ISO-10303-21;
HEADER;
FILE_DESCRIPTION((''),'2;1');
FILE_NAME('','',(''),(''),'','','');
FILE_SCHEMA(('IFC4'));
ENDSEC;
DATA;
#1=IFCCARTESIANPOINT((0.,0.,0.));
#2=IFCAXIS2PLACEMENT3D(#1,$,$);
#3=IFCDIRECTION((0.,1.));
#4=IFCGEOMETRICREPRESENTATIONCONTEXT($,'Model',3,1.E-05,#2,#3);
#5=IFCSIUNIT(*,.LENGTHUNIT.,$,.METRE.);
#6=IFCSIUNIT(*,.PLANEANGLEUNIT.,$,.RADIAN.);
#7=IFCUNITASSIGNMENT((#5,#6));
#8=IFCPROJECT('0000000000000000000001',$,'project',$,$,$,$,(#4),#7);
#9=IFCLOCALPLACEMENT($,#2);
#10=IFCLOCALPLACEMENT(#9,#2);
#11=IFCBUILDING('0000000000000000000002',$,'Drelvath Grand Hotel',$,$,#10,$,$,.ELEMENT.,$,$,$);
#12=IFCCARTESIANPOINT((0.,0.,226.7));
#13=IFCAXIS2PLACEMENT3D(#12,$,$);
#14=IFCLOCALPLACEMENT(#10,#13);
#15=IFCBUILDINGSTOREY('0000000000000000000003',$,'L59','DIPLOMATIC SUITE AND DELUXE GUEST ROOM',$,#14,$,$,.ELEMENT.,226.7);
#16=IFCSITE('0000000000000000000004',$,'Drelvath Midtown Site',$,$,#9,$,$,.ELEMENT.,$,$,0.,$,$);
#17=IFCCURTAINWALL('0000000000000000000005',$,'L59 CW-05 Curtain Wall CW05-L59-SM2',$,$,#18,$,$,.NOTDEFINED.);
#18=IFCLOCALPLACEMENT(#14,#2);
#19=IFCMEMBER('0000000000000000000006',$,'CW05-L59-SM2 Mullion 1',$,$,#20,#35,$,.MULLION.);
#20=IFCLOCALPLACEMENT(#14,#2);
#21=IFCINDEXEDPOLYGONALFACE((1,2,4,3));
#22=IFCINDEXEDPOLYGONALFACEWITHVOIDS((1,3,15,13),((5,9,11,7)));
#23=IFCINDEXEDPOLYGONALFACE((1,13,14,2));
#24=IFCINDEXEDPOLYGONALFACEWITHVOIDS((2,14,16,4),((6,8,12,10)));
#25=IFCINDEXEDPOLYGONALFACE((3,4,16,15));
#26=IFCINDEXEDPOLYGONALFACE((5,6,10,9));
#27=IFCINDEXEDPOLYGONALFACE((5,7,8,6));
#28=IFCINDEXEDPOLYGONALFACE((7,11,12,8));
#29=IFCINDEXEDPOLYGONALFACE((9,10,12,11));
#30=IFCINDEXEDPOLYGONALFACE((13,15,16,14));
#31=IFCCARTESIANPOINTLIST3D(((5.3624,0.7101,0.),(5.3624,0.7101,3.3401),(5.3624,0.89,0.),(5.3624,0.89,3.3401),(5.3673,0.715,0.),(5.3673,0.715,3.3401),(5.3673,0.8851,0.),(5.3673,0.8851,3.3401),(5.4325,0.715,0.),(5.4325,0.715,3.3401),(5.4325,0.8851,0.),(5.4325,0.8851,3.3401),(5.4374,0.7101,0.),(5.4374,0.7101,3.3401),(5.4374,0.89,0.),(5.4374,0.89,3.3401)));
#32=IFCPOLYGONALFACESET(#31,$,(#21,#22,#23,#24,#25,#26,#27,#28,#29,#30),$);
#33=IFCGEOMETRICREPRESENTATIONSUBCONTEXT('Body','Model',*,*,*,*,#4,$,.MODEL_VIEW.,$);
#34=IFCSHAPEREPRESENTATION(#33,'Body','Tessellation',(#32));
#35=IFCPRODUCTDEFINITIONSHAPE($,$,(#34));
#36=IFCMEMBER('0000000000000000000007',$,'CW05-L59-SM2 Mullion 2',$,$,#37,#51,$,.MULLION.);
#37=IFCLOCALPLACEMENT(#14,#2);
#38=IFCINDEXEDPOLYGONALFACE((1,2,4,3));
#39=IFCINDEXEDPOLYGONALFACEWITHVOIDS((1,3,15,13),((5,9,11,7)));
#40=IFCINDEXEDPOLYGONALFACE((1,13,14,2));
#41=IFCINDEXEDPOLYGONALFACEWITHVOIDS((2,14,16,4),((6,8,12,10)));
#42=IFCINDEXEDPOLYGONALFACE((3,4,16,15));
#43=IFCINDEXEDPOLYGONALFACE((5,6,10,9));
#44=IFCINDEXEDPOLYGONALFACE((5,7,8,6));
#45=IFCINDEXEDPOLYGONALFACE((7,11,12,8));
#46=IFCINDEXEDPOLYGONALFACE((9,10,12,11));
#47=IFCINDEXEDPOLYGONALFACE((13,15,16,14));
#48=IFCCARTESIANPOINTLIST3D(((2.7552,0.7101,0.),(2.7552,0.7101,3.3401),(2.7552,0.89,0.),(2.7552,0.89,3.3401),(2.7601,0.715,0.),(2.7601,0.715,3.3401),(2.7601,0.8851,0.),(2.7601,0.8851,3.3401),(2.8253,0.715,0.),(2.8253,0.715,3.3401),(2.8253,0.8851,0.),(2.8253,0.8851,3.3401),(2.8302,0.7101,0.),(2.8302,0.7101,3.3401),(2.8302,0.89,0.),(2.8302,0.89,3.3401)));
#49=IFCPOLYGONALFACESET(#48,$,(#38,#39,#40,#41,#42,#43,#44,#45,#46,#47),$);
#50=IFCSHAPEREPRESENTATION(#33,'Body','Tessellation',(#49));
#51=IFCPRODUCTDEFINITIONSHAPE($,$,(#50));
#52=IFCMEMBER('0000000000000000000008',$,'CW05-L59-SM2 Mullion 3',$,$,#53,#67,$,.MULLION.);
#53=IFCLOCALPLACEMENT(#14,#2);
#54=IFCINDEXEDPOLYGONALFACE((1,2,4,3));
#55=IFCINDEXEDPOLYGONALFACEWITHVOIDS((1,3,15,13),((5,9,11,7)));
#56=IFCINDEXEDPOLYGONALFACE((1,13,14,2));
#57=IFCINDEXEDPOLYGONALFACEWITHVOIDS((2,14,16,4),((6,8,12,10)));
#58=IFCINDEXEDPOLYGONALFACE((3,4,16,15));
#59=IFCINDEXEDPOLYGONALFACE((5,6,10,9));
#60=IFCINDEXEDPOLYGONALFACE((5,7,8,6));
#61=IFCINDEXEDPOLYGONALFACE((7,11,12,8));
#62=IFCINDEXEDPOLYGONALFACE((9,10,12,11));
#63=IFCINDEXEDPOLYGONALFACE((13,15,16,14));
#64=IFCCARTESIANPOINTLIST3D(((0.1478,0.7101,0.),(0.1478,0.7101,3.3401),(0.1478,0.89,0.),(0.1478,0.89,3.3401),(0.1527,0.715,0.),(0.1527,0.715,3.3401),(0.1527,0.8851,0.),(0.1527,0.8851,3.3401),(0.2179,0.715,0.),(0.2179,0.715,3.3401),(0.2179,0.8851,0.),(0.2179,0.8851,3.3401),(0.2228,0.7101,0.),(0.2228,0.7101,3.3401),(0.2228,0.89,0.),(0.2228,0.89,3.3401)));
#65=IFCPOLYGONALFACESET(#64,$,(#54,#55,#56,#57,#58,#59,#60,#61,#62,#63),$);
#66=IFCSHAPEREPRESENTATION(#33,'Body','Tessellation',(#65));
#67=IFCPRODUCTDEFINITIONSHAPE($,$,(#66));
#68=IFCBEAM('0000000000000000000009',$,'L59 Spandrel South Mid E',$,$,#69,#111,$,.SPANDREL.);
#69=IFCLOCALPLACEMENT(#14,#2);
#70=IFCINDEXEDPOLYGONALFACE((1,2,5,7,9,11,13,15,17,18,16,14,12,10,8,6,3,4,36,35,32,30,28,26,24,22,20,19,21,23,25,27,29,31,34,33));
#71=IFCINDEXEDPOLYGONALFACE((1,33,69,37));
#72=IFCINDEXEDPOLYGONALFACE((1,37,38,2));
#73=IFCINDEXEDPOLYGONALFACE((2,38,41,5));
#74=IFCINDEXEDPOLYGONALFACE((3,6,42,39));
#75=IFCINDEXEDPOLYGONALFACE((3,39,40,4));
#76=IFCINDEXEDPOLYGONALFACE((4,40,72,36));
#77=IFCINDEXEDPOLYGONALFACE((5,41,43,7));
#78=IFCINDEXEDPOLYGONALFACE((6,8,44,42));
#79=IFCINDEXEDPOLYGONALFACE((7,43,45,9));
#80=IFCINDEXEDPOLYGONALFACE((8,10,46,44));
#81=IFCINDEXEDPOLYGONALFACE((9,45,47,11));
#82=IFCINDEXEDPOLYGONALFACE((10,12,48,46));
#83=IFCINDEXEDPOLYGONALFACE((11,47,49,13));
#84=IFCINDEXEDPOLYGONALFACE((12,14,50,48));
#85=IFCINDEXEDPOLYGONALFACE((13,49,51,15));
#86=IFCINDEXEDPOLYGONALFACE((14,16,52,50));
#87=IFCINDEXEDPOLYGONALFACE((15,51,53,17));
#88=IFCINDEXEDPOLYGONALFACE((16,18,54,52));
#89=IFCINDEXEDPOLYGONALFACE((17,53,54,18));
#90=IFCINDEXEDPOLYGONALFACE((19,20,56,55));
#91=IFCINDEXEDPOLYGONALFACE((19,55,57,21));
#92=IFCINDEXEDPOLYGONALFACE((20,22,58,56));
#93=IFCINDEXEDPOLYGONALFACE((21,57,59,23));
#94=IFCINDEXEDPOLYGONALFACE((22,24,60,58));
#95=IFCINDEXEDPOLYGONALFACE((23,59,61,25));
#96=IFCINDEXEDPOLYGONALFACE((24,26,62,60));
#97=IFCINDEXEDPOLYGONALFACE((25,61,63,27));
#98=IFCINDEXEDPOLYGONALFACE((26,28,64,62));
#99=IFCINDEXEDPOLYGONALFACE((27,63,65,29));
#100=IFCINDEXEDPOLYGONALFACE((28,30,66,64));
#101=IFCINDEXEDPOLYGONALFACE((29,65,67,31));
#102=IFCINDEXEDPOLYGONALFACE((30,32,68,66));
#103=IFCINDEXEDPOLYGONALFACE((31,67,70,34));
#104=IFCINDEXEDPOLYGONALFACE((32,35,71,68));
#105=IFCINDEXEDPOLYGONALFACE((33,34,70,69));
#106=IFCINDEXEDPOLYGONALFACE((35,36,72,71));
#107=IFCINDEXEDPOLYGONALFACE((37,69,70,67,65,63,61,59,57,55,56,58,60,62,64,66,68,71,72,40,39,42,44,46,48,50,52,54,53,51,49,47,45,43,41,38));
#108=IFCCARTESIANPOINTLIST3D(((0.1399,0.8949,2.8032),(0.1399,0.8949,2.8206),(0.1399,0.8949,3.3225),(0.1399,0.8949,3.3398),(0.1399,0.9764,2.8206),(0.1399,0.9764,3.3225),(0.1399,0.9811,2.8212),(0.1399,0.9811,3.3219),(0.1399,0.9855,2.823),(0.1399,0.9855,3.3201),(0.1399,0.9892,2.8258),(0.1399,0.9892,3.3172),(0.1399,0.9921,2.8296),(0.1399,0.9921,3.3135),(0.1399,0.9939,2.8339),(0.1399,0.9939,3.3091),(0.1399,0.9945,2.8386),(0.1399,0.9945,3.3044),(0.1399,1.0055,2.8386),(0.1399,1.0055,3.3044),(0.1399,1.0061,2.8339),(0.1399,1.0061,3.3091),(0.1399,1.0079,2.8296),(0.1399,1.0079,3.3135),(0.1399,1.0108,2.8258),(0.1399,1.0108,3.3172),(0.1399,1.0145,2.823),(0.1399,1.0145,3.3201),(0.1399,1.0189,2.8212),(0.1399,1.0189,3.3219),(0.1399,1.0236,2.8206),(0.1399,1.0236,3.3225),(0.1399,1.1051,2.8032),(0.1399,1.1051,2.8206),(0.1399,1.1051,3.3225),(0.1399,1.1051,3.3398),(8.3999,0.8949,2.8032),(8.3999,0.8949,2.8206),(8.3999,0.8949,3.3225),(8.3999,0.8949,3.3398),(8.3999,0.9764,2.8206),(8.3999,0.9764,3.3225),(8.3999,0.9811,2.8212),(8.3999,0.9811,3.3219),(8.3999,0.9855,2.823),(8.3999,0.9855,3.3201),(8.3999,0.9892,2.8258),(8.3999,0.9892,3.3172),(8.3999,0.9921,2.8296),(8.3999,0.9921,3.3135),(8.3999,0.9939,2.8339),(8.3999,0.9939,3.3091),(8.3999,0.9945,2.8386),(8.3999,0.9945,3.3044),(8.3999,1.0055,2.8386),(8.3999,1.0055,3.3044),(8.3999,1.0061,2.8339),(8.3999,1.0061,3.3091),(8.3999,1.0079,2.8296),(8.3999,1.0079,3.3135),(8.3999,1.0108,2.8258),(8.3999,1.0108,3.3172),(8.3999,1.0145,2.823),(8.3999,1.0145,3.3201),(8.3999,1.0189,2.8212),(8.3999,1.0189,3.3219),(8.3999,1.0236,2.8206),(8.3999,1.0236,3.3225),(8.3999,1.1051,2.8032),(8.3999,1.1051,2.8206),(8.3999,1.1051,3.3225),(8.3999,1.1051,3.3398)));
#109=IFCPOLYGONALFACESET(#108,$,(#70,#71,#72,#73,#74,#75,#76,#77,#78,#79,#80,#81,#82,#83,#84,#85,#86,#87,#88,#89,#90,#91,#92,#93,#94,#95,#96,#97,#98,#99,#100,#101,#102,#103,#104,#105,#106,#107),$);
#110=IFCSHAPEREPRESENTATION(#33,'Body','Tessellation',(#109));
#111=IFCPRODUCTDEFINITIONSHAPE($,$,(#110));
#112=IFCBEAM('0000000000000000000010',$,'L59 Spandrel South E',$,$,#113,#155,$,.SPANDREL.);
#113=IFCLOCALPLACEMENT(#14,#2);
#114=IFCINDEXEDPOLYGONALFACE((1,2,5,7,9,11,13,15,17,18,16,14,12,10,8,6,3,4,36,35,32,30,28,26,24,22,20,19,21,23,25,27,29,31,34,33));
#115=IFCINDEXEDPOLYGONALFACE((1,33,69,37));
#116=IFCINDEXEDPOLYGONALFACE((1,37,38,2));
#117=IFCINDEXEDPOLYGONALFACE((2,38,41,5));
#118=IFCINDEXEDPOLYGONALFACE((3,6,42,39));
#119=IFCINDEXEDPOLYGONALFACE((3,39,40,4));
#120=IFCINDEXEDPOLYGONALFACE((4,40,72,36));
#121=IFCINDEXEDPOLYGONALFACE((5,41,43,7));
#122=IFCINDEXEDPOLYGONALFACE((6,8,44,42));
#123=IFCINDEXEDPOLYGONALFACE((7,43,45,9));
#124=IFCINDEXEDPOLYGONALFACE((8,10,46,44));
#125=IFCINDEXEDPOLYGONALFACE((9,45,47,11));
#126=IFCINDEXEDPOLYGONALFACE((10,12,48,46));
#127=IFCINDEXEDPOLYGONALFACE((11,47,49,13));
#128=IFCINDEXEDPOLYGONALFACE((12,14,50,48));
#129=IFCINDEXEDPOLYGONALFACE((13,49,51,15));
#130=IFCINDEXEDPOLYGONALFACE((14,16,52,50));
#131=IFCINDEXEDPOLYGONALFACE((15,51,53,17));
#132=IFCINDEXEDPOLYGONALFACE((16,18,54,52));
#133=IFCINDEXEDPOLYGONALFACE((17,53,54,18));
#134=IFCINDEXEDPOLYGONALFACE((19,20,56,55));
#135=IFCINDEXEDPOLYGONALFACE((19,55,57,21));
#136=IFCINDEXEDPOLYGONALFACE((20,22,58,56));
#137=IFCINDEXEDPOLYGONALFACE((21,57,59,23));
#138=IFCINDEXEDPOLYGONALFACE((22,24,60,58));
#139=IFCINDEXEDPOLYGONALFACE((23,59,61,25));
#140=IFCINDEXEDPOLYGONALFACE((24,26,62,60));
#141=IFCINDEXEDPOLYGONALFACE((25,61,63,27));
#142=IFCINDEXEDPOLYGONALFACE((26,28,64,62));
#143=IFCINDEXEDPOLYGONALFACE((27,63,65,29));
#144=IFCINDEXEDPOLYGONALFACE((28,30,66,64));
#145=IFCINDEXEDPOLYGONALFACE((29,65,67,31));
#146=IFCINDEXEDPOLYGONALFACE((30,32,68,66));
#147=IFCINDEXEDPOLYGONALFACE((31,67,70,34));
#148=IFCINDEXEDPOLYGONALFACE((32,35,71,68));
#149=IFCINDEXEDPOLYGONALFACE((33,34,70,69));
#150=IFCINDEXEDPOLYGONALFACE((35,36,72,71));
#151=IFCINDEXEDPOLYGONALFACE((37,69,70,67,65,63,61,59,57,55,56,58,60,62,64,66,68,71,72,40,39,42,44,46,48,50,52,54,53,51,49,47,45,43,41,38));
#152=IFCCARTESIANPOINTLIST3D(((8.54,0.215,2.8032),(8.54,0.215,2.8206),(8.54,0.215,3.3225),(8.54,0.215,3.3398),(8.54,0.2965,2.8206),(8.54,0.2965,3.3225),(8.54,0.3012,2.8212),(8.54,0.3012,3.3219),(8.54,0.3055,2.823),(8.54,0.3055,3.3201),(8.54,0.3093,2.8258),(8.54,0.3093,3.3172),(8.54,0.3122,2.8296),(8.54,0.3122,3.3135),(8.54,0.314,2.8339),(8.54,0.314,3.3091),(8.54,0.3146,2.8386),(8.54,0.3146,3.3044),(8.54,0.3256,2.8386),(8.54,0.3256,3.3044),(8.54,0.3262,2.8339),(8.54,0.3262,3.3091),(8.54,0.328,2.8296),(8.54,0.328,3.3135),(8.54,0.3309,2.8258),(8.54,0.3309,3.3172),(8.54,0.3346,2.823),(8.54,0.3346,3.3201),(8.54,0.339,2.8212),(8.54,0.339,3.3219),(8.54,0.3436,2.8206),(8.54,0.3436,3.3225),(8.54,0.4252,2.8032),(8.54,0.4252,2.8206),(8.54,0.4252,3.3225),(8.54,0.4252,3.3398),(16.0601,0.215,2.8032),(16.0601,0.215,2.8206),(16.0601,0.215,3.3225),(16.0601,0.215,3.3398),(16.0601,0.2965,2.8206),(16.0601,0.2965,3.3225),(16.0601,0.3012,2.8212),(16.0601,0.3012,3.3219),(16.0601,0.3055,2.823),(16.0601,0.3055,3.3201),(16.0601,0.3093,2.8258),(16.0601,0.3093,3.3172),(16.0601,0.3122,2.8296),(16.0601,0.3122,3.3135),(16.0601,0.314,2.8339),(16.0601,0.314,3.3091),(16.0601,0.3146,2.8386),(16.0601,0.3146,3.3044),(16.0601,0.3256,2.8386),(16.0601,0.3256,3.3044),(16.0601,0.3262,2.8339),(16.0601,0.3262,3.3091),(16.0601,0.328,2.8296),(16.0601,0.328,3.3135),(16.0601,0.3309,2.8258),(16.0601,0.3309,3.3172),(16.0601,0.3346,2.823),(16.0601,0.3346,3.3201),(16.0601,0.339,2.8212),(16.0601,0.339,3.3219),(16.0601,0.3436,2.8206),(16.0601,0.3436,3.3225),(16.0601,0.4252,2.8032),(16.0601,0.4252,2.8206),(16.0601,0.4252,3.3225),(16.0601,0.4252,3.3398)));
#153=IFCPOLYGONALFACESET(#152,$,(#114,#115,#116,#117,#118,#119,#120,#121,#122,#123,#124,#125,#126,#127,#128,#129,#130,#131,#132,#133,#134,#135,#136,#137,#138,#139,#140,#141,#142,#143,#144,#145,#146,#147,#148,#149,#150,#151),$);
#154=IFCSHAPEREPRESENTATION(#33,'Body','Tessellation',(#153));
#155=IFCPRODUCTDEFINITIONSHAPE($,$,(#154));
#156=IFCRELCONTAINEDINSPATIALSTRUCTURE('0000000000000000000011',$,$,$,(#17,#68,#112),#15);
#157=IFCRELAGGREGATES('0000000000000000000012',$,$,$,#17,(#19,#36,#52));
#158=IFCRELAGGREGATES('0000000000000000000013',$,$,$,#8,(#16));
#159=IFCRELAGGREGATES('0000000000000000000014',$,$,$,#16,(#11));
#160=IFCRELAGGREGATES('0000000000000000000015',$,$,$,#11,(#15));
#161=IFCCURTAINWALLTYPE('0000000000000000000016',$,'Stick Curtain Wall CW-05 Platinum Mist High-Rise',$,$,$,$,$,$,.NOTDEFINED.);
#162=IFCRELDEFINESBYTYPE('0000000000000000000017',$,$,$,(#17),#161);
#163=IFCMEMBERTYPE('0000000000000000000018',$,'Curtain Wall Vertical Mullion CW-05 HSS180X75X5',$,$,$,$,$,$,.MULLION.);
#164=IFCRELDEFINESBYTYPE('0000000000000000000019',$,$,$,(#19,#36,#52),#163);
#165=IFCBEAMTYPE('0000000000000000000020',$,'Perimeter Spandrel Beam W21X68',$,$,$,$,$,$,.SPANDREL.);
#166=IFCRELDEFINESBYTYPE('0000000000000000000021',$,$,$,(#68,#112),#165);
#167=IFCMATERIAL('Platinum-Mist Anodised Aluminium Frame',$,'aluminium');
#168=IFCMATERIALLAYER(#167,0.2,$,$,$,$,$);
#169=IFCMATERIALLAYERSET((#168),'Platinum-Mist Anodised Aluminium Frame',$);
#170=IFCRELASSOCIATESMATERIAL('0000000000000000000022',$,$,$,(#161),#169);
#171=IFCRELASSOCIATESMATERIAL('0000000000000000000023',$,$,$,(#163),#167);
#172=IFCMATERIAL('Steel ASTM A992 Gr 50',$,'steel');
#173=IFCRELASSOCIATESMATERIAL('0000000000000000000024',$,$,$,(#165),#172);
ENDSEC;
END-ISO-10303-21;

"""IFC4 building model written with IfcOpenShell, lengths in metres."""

from ifc_helpers import new_model, si_unit, direction, frame, origin, origin_2d, place, context, subcontext, project, spatial, hollow_rectangle, i_section, extrude, material, layer, layer_set, material_profile, profile_set, type_object, element, aggregate, save


model = new_model("IFC4")

# Units and contexts
model_context = context("Model", 3, precision=1e-05, world=origin(), true_north=direction((0.0, 1.0)))
body_context = subcontext(model_context, "Body", "Model", "MODEL_VIEW")
ifc_project = project(units=[si_unit("LENGTHUNIT", "METRE"), si_unit("PLANEANGLEUNIT", "RADIAN")], contexts=[model_context])

# Site, building, storey
site_placement = place(None, origin())
site = spatial("IfcSite", under=ifc_project, at=site_placement, Name="Drelvath Midtown Site", CompositionType="ELEMENT", RefElevation=0.0)
building_placement = place(site_placement, origin())
building = spatial("IfcBuilding", under=site, at=building_placement, Name="Drelvath Grand Hotel", CompositionType="ELEMENT")
storey_placement = place(building_placement, frame((0.0, 0.0, 226.7)))
storey = spatial("IfcBuildingStorey", under=building, at=storey_placement, Name="L59", Description="DIPLOMATIC SUITE AND DELUXE GUEST ROOM", CompositionType="ELEMENT", Elevation=226.7)

# Curtain wall
ifc_material_1 = material(Name="Platinum-Mist Anodised Aluminium Frame", Category="aluminium")
ifc_layer_1 = layer(ifc_material_1, 0.2)
ifc_layer_set_1 = layer_set([ifc_layer_1], Name="Platinum-Mist Anodised Aluminium Frame")
curtain_wall_type = type_object("IfcCurtainWallType", Name="Stick Curtain Wall CW-05 Platinum Mist High-Rise", PredefinedType="NOTDEFINED", material=ifc_layer_set_1)
curtain_wall_1_placement = place(storey_placement, origin())
curtain_wall_1 = element("IfcCurtainWall", 1, at=curtain_wall_1_placement, inside=storey, type_object=curtain_wall_type, Name="L59 CW-05 Curtain Wall CW05-L59-SM2", PredefinedType="NOTDEFINED")

# Shared definitions
ifc_material_profile_1 = material_profile(ifc_material_1, hollow_rectangle(XDim=0.075, YDim=0.1799, WallThickness=0.0049, at=origin_2d()), Name="HSS180X75X5")
ifc_profile_set_1 = profile_set([ifc_material_profile_1], Name="Platinum-Mist Anodised Aluminium Frame")
member_type_1 = type_object("IfcMemberType", Name="Curtain Wall Vertical Mullion CW-05 HSS180X75X5", PredefinedType="MULLION", material=ifc_profile_set_1)

# Members
member_1_placement = place(storey_placement, frame((5.3999, 0.8, 0.0), z_axis=(0.0, 0.0, 1.0), x_axis=(1.0, 0.0, 0.0)))
member_1 = element("IfcMember", 2, at=member_1_placement, type_object=member_type_1, Name="CW05-L59-SM2 Mullion 1", PredefinedType="MULLION", context=body_context, shape_type="SweptSolid", body=[
    extrude(hollow_rectangle(XDim=0.075, YDim=0.1799, WallThickness=0.0049, at=origin_2d()), origin(), (0.0, 0.0, 1.0), 3.3401),
])
member_2_placement = place(storey_placement, frame((2.7927, 0.8, 0.0), z_axis=(0.0, 0.0, 1.0), x_axis=(1.0, 0.0, 0.0)))
member_2 = element("IfcMember", 3, at=member_2_placement, type_object=member_type_1, Name="CW05-L59-SM2 Mullion 2", PredefinedType="MULLION", context=body_context, shape_type="SweptSolid", body=[
    extrude(hollow_rectangle(XDim=0.075, YDim=0.1799, WallThickness=0.0049, at=origin_2d()), origin(), (0.0, 0.0, 1.0), 3.3401),
])
member_3_placement = place(storey_placement, frame((0.1853, 0.8, 0.0), z_axis=(0.0, 0.0, 1.0), x_axis=(1.0, 0.0, 0.0)))
member_3 = element("IfcMember", 4, at=member_3_placement, type_object=member_type_1, Name="CW05-L59-SM2 Mullion 3", PredefinedType="MULLION", context=body_context, shape_type="SweptSolid", body=[
    extrude(hollow_rectangle(XDim=0.075, YDim=0.1799, WallThickness=0.0049, at=origin_2d()), origin(), (0.0, 0.0, 1.0), 3.3401),
])

# Beams
ifc_material_2 = material(Name="Steel ASTM A992 Gr 50", Category="steel")
ifc_material_profile_2 = material_profile(ifc_material_2, i_section(OverallWidth=0.2102, OverallDepth=0.5366, WebThickness=0.011, FlangeThickness=0.0173, FilletRadius=0.0181, at=origin_2d()), Name="W21X68")
ifc_profile_set_2 = profile_set([ifc_material_profile_2], Name="Steel ASTM A992 Gr 50")
beam_type_1 = type_object("IfcBeamType", Name="Perimeter Spandrel Beam W21X68", PredefinedType="SPANDREL", material=ifc_profile_set_2)
beam_1_placement = place(storey_placement, frame((0.1399, 1.0, 3.0715), z_axis=(1.0, 0.0, 0.0), x_axis=(0.0, 1.0, 0.0)))
element("IfcBeam", 5, at=beam_1_placement, inside=storey, type_object=beam_type_1, Name="L59 Spandrel South Mid E", PredefinedType="SPANDREL", context=body_context, shape_type="SweptSolid", body=[
    extrude(i_section(OverallWidth=0.2102, OverallDepth=0.5366, WebThickness=0.011, FlangeThickness=0.0173, FilletRadius=0.0181, at=origin_2d()), origin(), (0.0, 0.0, 1.0), 8.26),
])
beam_2_placement = place(storey_placement, frame((8.54, 0.3201, 3.0715), z_axis=(1.0, 0.0, 0.0), x_axis=(0.0, 1.0, 0.0)))
element("IfcBeam", 6, at=beam_2_placement, inside=storey, type_object=beam_type_1, Name="L59 Spandrel South E", PredefinedType="SPANDREL", context=body_context, shape_type="SweptSolid", body=[
    extrude(i_section(OverallWidth=0.2102, OverallDepth=0.5366, WebThickness=0.011, FlangeThickness=0.0173, FilletRadius=0.0181, at=origin_2d()), origin(), (0.0, 0.0, 1.0), 7.52),
])

aggregate(curtain_wall_1, [member_1, member_2, member_3])

save(model, "model.ifc")
